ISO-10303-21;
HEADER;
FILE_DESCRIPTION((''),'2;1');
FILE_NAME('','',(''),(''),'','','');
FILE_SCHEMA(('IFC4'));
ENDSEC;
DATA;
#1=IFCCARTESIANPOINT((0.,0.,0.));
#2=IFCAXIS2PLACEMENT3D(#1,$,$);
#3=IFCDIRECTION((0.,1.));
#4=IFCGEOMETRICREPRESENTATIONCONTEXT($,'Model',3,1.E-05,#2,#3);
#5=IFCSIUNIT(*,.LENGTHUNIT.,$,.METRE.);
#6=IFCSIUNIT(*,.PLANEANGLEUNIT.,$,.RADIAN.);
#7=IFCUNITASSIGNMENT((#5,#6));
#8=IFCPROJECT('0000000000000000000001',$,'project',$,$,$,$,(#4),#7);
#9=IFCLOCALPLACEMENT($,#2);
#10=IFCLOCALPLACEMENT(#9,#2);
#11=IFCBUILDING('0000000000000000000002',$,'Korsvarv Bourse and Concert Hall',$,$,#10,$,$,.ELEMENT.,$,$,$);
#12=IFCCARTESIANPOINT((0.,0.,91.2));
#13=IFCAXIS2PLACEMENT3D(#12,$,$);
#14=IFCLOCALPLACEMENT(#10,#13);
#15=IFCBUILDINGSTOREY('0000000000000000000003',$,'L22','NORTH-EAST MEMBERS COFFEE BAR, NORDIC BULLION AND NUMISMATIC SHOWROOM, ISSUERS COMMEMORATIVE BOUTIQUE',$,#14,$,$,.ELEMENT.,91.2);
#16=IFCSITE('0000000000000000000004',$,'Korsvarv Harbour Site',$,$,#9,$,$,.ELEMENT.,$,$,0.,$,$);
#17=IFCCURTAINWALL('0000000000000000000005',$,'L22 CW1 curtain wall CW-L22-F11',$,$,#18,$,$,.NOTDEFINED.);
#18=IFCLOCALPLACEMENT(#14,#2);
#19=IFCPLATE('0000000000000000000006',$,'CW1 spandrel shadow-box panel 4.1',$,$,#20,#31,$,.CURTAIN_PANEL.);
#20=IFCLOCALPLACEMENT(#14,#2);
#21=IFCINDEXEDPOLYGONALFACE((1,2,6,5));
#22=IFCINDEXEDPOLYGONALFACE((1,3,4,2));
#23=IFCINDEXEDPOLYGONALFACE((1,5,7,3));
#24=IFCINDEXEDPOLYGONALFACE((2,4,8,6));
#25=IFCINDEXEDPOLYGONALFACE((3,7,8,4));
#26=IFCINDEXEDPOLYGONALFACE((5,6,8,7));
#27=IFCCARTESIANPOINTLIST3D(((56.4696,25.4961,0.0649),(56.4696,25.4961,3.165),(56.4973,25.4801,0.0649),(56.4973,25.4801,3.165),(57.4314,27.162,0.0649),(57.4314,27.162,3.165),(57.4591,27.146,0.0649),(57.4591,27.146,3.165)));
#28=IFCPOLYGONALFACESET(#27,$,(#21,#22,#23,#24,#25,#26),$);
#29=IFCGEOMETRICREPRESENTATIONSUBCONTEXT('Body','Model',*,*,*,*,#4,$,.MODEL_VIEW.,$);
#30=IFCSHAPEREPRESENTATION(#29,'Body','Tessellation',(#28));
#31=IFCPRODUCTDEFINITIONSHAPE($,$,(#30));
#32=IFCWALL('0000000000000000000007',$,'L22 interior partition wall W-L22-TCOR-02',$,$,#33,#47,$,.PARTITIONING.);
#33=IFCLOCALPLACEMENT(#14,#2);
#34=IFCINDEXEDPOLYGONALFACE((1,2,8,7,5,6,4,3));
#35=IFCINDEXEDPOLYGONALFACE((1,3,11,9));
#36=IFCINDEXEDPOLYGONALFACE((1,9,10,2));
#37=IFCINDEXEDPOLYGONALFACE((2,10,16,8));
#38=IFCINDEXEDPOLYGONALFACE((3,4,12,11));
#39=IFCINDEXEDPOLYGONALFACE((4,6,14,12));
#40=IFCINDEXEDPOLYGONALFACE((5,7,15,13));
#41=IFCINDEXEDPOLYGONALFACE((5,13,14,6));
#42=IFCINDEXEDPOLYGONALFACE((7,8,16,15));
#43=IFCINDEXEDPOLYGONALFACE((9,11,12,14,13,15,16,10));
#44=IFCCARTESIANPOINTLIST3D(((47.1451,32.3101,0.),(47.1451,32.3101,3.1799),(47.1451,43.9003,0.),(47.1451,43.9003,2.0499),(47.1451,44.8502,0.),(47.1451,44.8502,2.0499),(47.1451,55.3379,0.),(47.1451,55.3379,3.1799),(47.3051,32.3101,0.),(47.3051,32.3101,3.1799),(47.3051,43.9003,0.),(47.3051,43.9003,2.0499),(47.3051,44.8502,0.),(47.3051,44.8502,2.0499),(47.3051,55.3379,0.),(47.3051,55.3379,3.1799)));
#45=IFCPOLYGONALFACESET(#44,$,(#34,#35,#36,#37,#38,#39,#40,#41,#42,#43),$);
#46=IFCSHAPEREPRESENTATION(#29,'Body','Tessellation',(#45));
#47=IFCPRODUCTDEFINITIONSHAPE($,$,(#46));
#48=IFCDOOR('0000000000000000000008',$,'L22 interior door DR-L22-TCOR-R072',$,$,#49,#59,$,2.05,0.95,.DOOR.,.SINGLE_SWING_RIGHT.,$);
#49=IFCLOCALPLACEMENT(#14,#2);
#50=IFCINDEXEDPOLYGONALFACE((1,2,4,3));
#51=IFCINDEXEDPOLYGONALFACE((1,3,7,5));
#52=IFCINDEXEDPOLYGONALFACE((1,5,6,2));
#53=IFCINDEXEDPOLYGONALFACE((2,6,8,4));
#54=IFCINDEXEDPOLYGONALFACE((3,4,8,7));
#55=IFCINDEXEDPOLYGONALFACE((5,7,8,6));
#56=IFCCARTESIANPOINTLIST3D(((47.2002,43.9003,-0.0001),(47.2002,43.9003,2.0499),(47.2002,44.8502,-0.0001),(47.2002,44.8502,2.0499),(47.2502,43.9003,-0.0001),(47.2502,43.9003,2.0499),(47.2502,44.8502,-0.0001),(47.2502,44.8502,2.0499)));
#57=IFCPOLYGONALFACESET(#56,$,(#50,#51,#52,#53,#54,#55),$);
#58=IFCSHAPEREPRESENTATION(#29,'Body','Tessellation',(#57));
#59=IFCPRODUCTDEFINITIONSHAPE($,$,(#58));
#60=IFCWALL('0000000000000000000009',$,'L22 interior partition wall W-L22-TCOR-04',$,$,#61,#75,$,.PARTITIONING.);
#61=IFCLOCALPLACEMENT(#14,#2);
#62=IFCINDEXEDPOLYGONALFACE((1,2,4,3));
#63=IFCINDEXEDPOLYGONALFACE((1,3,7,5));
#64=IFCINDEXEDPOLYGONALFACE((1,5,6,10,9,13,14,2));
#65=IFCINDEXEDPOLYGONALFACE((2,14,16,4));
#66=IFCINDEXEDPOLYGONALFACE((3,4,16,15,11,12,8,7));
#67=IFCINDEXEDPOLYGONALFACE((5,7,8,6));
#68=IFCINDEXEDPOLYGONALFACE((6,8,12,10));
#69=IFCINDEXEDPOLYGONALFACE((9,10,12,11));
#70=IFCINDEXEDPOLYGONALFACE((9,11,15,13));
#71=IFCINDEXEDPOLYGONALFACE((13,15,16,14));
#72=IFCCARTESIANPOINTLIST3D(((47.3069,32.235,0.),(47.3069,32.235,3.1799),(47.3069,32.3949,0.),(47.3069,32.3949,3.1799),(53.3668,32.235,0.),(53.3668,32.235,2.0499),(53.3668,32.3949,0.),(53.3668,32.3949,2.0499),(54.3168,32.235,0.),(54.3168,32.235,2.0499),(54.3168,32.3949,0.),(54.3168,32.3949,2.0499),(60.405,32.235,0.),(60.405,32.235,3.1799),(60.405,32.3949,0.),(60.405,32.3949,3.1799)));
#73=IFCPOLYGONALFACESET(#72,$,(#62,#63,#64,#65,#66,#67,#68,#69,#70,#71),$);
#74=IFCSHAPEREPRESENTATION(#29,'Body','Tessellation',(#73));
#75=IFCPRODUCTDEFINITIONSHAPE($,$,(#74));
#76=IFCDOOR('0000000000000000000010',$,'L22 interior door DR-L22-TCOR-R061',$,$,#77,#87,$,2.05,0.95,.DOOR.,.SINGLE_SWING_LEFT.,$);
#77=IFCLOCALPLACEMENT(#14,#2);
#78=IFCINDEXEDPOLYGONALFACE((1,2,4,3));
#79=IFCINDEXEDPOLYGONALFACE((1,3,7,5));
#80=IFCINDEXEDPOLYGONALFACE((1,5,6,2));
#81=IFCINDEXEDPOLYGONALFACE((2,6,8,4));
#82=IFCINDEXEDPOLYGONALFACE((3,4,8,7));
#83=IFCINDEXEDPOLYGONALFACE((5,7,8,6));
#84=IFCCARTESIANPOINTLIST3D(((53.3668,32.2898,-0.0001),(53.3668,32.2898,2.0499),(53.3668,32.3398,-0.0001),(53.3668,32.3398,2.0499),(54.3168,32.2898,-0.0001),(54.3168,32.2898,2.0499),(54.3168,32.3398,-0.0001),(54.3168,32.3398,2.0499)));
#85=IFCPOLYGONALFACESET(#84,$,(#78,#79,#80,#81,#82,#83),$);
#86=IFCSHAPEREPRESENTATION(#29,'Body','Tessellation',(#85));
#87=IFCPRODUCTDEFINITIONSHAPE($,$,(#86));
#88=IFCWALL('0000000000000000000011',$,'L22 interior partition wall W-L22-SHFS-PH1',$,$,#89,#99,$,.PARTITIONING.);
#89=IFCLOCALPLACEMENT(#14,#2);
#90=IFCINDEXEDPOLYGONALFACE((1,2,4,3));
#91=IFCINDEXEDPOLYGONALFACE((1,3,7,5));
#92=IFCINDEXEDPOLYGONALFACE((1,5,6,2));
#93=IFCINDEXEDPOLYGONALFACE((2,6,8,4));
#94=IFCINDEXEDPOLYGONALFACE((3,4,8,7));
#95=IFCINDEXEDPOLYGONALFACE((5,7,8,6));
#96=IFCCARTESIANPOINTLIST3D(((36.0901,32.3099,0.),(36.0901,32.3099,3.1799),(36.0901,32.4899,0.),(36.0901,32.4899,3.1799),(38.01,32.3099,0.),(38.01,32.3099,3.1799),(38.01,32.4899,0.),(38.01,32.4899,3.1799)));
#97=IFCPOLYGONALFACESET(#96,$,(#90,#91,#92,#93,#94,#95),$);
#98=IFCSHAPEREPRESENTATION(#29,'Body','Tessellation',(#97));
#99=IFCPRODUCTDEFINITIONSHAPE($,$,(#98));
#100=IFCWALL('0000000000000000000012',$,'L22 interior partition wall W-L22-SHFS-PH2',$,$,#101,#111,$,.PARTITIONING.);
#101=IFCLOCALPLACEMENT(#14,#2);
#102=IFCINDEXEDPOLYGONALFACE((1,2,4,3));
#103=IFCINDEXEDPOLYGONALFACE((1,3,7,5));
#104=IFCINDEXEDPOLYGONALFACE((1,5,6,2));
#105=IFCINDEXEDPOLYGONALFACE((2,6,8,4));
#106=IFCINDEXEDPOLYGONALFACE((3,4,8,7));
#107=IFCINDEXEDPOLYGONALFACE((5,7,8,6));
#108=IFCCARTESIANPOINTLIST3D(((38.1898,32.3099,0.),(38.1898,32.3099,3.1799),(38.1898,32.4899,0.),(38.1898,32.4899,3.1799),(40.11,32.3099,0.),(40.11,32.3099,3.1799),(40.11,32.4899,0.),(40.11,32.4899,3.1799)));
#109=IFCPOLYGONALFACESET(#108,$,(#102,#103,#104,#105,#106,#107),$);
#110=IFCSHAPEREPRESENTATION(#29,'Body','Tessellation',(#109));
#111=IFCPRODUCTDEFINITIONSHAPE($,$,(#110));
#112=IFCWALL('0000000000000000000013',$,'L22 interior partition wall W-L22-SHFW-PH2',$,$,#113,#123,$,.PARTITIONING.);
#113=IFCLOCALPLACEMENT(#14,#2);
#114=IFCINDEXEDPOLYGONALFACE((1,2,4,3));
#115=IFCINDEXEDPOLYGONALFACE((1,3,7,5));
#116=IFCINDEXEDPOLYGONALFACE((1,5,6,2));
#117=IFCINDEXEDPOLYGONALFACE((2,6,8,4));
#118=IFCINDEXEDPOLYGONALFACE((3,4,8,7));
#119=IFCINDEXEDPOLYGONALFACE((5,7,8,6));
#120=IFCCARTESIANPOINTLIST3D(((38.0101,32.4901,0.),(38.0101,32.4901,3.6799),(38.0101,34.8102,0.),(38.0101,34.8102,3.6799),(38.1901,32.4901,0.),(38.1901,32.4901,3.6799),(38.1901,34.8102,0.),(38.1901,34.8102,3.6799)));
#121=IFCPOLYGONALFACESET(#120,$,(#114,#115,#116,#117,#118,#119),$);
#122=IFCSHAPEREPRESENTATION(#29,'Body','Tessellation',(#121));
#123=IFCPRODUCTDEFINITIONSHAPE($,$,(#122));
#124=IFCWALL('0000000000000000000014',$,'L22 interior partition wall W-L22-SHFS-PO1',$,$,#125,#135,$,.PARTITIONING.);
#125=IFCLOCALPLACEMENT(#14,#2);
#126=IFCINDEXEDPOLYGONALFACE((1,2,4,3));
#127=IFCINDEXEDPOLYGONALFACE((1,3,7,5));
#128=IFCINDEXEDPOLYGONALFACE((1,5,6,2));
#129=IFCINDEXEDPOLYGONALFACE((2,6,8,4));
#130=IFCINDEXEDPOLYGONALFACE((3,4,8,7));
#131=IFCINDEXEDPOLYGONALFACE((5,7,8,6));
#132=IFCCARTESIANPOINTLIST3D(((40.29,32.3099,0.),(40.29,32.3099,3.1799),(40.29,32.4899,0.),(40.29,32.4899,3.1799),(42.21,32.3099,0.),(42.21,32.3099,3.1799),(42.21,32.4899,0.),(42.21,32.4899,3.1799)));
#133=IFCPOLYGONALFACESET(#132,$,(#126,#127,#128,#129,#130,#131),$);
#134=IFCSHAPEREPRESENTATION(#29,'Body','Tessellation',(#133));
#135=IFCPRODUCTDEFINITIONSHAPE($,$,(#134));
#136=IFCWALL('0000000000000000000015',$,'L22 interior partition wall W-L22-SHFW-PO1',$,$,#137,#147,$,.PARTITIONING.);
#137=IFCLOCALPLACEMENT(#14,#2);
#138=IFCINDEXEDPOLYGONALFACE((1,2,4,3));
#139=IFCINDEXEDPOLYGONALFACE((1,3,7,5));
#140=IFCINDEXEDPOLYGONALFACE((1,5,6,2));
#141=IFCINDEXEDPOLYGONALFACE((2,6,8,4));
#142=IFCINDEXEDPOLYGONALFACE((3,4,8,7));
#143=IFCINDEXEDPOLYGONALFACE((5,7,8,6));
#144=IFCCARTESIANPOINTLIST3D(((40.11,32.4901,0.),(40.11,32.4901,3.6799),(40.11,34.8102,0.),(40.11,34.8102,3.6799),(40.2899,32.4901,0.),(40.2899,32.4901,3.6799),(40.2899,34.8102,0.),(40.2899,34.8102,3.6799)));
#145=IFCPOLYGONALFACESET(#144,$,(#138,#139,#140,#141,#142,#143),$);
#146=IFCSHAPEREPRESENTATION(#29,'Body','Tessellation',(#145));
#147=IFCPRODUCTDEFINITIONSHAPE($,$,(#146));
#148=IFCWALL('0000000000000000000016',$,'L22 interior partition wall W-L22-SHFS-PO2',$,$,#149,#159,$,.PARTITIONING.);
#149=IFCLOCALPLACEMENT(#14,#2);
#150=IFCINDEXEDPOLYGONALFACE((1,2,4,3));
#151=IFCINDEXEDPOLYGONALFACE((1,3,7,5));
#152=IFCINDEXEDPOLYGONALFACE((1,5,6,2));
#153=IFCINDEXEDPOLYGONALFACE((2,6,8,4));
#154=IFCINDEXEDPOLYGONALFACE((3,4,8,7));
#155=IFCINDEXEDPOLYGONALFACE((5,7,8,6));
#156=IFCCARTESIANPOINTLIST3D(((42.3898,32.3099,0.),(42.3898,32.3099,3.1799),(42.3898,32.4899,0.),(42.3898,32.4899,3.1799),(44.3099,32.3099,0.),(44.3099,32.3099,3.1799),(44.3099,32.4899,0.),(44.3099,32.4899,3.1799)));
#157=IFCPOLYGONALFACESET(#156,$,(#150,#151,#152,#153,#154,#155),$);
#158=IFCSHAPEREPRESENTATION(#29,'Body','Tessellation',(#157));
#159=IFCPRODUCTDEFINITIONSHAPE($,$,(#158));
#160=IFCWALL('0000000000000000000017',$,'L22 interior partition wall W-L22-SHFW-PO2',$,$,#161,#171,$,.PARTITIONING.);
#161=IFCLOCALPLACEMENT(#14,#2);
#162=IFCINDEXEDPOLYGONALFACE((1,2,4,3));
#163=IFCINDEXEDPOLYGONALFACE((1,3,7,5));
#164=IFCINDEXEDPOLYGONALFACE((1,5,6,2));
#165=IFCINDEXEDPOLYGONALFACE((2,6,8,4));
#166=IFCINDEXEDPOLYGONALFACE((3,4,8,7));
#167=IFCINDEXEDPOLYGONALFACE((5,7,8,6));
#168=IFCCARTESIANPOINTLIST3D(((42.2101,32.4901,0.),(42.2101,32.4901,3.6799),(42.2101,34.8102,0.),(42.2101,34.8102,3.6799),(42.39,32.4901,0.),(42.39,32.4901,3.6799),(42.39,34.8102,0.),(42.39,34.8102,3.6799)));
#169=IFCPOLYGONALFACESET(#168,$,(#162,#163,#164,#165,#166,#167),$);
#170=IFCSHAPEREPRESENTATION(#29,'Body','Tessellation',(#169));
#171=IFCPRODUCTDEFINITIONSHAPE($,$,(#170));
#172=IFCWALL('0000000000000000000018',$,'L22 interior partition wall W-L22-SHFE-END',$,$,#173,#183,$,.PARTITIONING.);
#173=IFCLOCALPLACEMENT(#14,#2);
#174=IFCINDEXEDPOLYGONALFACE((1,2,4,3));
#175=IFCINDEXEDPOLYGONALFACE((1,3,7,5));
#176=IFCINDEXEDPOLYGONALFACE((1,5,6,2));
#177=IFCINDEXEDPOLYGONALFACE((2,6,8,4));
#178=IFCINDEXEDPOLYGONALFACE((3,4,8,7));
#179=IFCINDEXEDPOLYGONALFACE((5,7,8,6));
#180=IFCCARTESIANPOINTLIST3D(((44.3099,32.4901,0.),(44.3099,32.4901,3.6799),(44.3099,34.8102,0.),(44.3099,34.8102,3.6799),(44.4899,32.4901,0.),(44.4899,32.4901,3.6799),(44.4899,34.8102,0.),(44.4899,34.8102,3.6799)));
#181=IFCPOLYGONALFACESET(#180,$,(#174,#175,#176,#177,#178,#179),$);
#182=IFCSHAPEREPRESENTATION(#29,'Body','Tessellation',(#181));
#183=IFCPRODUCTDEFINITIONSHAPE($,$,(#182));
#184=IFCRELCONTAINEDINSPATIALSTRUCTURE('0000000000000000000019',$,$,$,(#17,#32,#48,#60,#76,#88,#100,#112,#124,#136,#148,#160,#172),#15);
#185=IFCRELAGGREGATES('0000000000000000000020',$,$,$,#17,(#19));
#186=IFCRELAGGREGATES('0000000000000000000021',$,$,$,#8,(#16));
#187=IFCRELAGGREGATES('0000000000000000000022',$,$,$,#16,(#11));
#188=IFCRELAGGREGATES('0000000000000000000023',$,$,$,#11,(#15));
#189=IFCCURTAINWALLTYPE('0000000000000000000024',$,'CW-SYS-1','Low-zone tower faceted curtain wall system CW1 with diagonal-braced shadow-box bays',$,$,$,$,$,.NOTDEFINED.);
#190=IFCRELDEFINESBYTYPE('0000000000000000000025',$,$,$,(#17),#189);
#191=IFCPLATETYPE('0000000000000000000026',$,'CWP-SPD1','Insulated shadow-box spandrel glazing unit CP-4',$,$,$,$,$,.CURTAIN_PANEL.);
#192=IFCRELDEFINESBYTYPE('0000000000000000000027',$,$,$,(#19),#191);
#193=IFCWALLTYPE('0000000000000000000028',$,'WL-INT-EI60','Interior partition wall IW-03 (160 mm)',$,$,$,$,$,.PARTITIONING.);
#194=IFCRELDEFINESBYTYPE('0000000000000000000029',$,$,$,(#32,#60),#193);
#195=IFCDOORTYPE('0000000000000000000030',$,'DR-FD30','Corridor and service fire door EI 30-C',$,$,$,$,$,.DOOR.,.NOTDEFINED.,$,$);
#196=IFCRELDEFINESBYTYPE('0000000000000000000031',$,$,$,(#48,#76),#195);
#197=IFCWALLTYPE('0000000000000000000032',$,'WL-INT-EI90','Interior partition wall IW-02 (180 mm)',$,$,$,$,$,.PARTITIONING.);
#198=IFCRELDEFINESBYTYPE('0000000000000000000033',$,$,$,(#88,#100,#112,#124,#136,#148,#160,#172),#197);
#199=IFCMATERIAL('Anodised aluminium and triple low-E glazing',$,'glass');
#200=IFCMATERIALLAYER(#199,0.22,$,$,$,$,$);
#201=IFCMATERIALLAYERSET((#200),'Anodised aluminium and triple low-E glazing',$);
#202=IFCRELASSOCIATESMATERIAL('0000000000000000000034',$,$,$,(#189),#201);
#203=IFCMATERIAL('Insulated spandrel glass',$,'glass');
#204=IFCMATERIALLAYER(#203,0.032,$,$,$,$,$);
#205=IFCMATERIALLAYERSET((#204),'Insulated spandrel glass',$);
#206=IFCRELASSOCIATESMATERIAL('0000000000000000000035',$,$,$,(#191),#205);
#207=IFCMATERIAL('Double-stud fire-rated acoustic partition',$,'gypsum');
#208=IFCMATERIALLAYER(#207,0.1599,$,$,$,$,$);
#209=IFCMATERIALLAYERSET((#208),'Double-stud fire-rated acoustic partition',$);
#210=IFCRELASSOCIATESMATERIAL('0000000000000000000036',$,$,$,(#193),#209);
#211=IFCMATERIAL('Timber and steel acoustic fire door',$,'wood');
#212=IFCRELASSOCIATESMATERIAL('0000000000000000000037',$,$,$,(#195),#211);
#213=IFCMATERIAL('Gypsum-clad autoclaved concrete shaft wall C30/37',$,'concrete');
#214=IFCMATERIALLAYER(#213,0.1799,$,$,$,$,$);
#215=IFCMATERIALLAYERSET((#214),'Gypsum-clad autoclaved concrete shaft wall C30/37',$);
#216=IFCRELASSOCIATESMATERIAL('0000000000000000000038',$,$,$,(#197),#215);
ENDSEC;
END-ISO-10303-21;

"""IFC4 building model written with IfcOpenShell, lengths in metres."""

from ifc_helpers import new_model, si_unit, direction, frame, frame_2d, origin, origin_2d, place, context, subcontext, project, spatial, rectangle, extrude, source, transform, mapped, material, layer, layer_set, type_object, element, fill, aggregate, save


model = new_model("IFC4")

# Units and contexts
model_context = context("Model", 3, precision=1e-05, world=origin(), true_north=direction((0.0, 1.0)))
body_context = subcontext(model_context, "Body", "Model", "MODEL_VIEW")
ifc_project = project(units=[si_unit("LENGTHUNIT", "METRE"), si_unit("PLANEANGLEUNIT", "RADIAN")], contexts=[model_context])

# Site, building, storey
site_placement = place(None, origin())
site = spatial("IfcSite", under=ifc_project, at=site_placement, Name="Korsvarv Harbour Site", CompositionType="ELEMENT", RefElevation=0.0)
building_placement = place(site_placement, origin())
building = spatial("IfcBuilding", under=site, at=building_placement, Name="Korsvarv Bourse and Concert Hall", CompositionType="ELEMENT")
storey_placement = place(building_placement, frame((0.0, 0.0, 91.2)))
storey = spatial("IfcBuildingStorey", under=building, at=storey_placement, Name="L22", Description="NORTH-EAST MEMBERS COFFEE BAR, NORDIC BULLION AND NUMISMATIC SHOWROOM, ISSUERS COMMEMORATIVE BOUTIQUE", CompositionType="ELEMENT", Elevation=91.2)

# Curtain wall, plate
ifc_material_1 = material(Name="Anodised aluminium and triple low-E glazing", Category="glass")
ifc_layer_1 = layer(ifc_material_1, 0.22)
ifc_layer_set_1 = layer_set([ifc_layer_1], Name="Anodised aluminium and triple low-E glazing")
curtain_wall_type = type_object("IfcCurtainWallType", Name="CW-SYS-1", Description="Low-zone tower faceted curtain wall system CW1 with diagonal-braced shadow-box bays", PredefinedType="NOTDEFINED", material=ifc_layer_set_1)
curtain_wall_placement = place(storey_placement, origin())
curtain_wall = element("IfcCurtainWall", 1, at=curtain_wall_placement, inside=storey, type_object=curtain_wall_type, Name="L22 CW1 curtain wall CW-L22-F11", PredefinedType="NOTDEFINED")
ifc_material_2 = material(Name="Insulated spandrel glass", Category="glass")
ifc_layer_2 = layer(ifc_material_2, 0.032)
ifc_layer_set_2 = layer_set([ifc_layer_2], Name="Insulated spandrel glass")
plate_type_1 = type_object("IfcPlateType", Name="CWP-SPD1", Description="Insulated shadow-box spandrel glazing unit CP-4", PredefinedType="CURTAIN_PANEL", material=ifc_layer_set_2)
shared_shape_1 = source(origin(), body_context, "Body", "SweptSolid", [
    extrude(rectangle(XDim=1.9236, YDim=0.032, at=origin_2d()), origin(), (0.0, 0.0, 1.0), 3.1001),
])
plate_1_placement = place(storey_placement, frame((56.9644, 26.321, 0.0649), z_axis=(0.0, 0.0, 1.0), x_axis=(0.499999, 0.866026, 0.0)))
plate_1 = element("IfcPlate", 2, at=plate_1_placement, type_object=plate_type_1, Name="CW1 spandrel shadow-box panel 4.1", PredefinedType="CURTAIN_PANEL", context=body_context, shape_type="MappedRepresentation", body=[
    mapped(shared_shape_1, transform((0.0, 0.0, 0.0), scale=1.0)),
])
aggregate(curtain_wall, [plate_1])

# Walls, openings, doors
ifc_material_3 = material(Name="Double-stud fire-rated acoustic partition", Category="gypsum")
ifc_layer_3 = layer(ifc_material_3, 0.1599)
ifc_layer_set_3 = layer_set([ifc_layer_3], Name="Double-stud fire-rated acoustic partition")
wall_type_1 = type_object("IfcWallType", Name="WL-INT-EI60", Description="Interior partition wall IW-03 (160 mm)", PredefinedType="PARTITIONING", material=ifc_layer_set_3)
wall_1_placement = place(storey_placement, frame((47.2251, 32.3101, 0.0), z_axis=(0.0, 0.0, 1.0), x_axis=(0.0, 1.0, 0.0)))
wall_1 = element("IfcWall", 3, at=wall_1_placement, inside=storey, type_object=wall_type_1, Name="L22 interior partition wall W-L22-TCOR-02", PredefinedType="PARTITIONING", context=body_context, shape_type="SweptSolid", body=[
    extrude(rectangle(XDim=23.0278, YDim=0.1599, at=frame_2d((11.5139, 0.0))), origin(), (0.0, 0.0, 1.0), 3.1799),
])
opening_1_placement = place(wall_1_placement, frame((11.5901, 0.0, 0.0)))
opening_1 = element("IfcOpeningElement", 4, at=opening_1_placement, cuts=wall_1, PredefinedType="OPENING", context=body_context, shape_type="SweptSolid", body=[
    extrude(rectangle(XDim=0.95, YDim=2.05, at=frame_2d((0.4751, 1.0249))), frame((0.0, 0.0898, 0.0), z_axis=(0.0, -1.0, 0.0), x_axis=(1.0, 0.0, 0.0)), (0.0, 0.0, 1.0), 0.1799),
])
ifc_material_4 = material(Name="Timber and steel acoustic fire door", Category="wood")
door_type = type_object("IfcDoorType", Name="DR-FD30", Description="Corridor and service fire door EI 30-C", OperationType="NOTDEFINED", PredefinedType="DOOR", material=ifc_material_4)
door_1_placement = place(opening_1_placement, origin())
door_1 = element("IfcDoor", 5, at=door_1_placement, inside=storey, type_object=door_type, Name="L22 interior door DR-L22-TCOR-R072", OperationType="SINGLE_SWING_RIGHT", OverallHeight=2.05, OverallWidth=0.95, PredefinedType="DOOR", context=body_context, shape_type="SweptSolid", body=[
    extrude(rectangle(XDim=0.95, YDim=2.05, at=frame_2d((0.4751, 1.0249))), frame((0.0, 0.0249, 0.0), z_axis=(0.0, -1.0, 0.0), x_axis=(1.0, 0.0, 0.0)), (0.0, 0.0, 1.0), 0.05),
])
fill(opening_1, door_1)
wall_2_placement = place(storey_placement, frame((47.3069, 32.3149, 0.0), z_axis=(0.0, 0.0, 1.0), x_axis=(1.0, 0.0, 0.0)))
wall_2 = element("IfcWall", 6, at=wall_2_placement, inside=storey, type_object=wall_type_1, Name="L22 interior partition wall W-L22-TCOR-04", PredefinedType="PARTITIONING", context=body_context, shape_type="SweptSolid", body=[
    extrude(rectangle(XDim=13.0981, YDim=0.1599, at=frame_2d((6.5491, 0.0))), origin(), (0.0, 0.0, 1.0), 3.1799),
])
opening_2_placement = place(wall_2_placement, frame((6.0598, 0.0, 0.0)))
opening_2 = element("IfcOpeningElement", 7, at=opening_2_placement, cuts=wall_2, PredefinedType="OPENING", context=body_context, shape_type="SweptSolid", body=[
    extrude(rectangle(XDim=0.95, YDim=2.05, at=frame_2d((0.4751, 1.0249))), frame((0.0, 0.0898, 0.0), z_axis=(0.0, -1.0, 0.0), x_axis=(1.0, 0.0, 0.0)), (0.0, 0.0, 1.0), 0.1799),
])
door_2_placement = place(opening_2_placement, origin())
door_2 = element("IfcDoor", 8, at=door_2_placement, inside=storey, type_object=door_type, Name="L22 interior door DR-L22-TCOR-R061", OperationType="SINGLE_SWING_LEFT", OverallHeight=2.05, OverallWidth=0.95, PredefinedType="DOOR", context=body_context, shape_type="SweptSolid", body=[
    extrude(rectangle(XDim=0.95, YDim=2.05, at=frame_2d((0.4751, 1.0249))), frame((0.0, 0.0249, 0.0), z_axis=(0.0, -1.0, 0.0), x_axis=(1.0, 0.0, 0.0)), (0.0, 0.0, 1.0), 0.05),
])
fill(opening_2, door_2)

# Walls
ifc_material_5 = material(Name="Gypsum-clad autoclaved concrete shaft wall C30/37", Category="concrete")
ifc_layer_4 = layer(ifc_material_5, 0.1799)
ifc_layer_set_4 = layer_set([ifc_layer_4], Name="Gypsum-clad autoclaved concrete shaft wall C30/37")
wall_type_2 = type_object("IfcWallType", Name="WL-INT-EI90", Description="Interior partition wall IW-02 (180 mm)", PredefinedType="PARTITIONING", material=ifc_layer_set_4)
wall_3_placement = place(storey_placement, frame((36.0901, 32.3999, 0.0), z_axis=(0.0, 0.0, 1.0), x_axis=(1.0, 0.0, 0.0)))
element("IfcWall", 9, at=wall_3_placement, inside=storey, type_object=wall_type_2, Name="L22 interior partition wall W-L22-SHFS-PH1", PredefinedType="PARTITIONING", context=body_context, shape_type="SweptSolid", body=[
    extrude(rectangle(XDim=1.9199, YDim=0.1799, at=frame_2d((0.96, 0.0))), origin(), (0.0, 0.0, 1.0), 3.1799),
])
wall_4_placement = place(storey_placement, frame((38.1899, 32.3999, 0.0), z_axis=(0.0, 0.0, 1.0), x_axis=(1.0, 0.0, 0.0)))
element("IfcWall", 10, at=wall_4_placement, inside=storey, type_object=wall_type_2, Name="L22 interior partition wall W-L22-SHFS-PH2", PredefinedType="PARTITIONING", context=body_context, shape_type="SweptSolid", body=[
    extrude(rectangle(XDim=1.9202, YDim=0.1799, at=frame_2d((0.96, 0.0))), origin(), (0.0, 0.0, 1.0), 3.1799),
])
wall_5_placement = place(storey_placement, frame((38.1001, 32.49, 0.0), z_axis=(0.0, 0.0, 1.0), x_axis=(0.0, 1.0, 0.0)))
element("IfcWall", 11, at=wall_5_placement, inside=storey, type_object=wall_type_2, Name="L22 interior partition wall W-L22-SHFW-PH2", PredefinedType="PARTITIONING", context=body_context, shape_type="SweptSolid", body=[
    extrude(rectangle(XDim=2.3201, YDim=0.1799, at=frame_2d((1.1602, 0.0))), origin(), (0.0, 0.0, 1.0), 3.6799),
])
wall_6_placement = place(storey_placement, frame((40.29, 32.3999, 0.0), z_axis=(0.0, 0.0, 1.0), x_axis=(1.0, 0.0, 0.0)))
element("IfcWall", 12, at=wall_6_placement, inside=storey, type_object=wall_type_2, Name="L22 interior partition wall W-L22-SHFS-PO1", PredefinedType="PARTITIONING", context=body_context, shape_type="SweptSolid", body=[
    extrude(rectangle(XDim=1.9199, YDim=0.1799, at=frame_2d((0.96, 0.0))), origin(), (0.0, 0.0, 1.0), 3.1799),
])
wall_7_placement = place(storey_placement, frame((40.2, 32.49, 0.0), z_axis=(0.0, 0.0, 1.0), x_axis=(0.0, 1.0, 0.0)))
element("IfcWall", 13, at=wall_7_placement, inside=storey, type_object=wall_type_2, Name="L22 interior partition wall W-L22-SHFW-PO1", PredefinedType="PARTITIONING", context=body_context, shape_type="SweptSolid", body=[
    extrude(rectangle(XDim=2.3201, YDim=0.1799, at=frame_2d((1.1602, 0.0))), origin(), (0.0, 0.0, 1.0), 3.6799),
])
wall_8_placement = place(storey_placement, frame((42.3899, 32.3999, 0.0), z_axis=(0.0, 0.0, 1.0), x_axis=(1.0, 0.0, 0.0)))
element("IfcWall", 14, at=wall_8_placement, inside=storey, type_object=wall_type_2, Name="L22 interior partition wall W-L22-SHFS-PO2", PredefinedType="PARTITIONING", context=body_context, shape_type="SweptSolid", body=[
    extrude(rectangle(XDim=1.9202, YDim=0.1799, at=frame_2d((0.96, 0.0))), origin(), (0.0, 0.0, 1.0), 3.1799),
])
for number, where, z_axis, x_axis, name in (
    (15, (42.3, 32.49, 0.0), (0.0, 0.0, 1.0), (0.0, 1.0, 0.0), "L22 interior partition wall W-L22-SHFW-PO2"),
    (16, (44.3999, 32.49, 0.0), (0.0, 0.0, 1.0), (0.0, 1.0, 0.0), "L22 interior partition wall W-L22-SHFE-END"),
):
    element("IfcWall", number, at=place(storey_placement, frame(where, z_axis=z_axis, x_axis=x_axis)), inside=storey, type_object=wall_type_2, Name=name, PredefinedType="PARTITIONING", context=body_context, shape_type="SweptSolid", body=[
        extrude(rectangle(XDim=2.3201, YDim=0.1799, at=frame_2d((1.1602, 0.0))), origin(), (0.0, 0.0, 1.0), 3.6799),
    ])

save(model, "model.ifc")
